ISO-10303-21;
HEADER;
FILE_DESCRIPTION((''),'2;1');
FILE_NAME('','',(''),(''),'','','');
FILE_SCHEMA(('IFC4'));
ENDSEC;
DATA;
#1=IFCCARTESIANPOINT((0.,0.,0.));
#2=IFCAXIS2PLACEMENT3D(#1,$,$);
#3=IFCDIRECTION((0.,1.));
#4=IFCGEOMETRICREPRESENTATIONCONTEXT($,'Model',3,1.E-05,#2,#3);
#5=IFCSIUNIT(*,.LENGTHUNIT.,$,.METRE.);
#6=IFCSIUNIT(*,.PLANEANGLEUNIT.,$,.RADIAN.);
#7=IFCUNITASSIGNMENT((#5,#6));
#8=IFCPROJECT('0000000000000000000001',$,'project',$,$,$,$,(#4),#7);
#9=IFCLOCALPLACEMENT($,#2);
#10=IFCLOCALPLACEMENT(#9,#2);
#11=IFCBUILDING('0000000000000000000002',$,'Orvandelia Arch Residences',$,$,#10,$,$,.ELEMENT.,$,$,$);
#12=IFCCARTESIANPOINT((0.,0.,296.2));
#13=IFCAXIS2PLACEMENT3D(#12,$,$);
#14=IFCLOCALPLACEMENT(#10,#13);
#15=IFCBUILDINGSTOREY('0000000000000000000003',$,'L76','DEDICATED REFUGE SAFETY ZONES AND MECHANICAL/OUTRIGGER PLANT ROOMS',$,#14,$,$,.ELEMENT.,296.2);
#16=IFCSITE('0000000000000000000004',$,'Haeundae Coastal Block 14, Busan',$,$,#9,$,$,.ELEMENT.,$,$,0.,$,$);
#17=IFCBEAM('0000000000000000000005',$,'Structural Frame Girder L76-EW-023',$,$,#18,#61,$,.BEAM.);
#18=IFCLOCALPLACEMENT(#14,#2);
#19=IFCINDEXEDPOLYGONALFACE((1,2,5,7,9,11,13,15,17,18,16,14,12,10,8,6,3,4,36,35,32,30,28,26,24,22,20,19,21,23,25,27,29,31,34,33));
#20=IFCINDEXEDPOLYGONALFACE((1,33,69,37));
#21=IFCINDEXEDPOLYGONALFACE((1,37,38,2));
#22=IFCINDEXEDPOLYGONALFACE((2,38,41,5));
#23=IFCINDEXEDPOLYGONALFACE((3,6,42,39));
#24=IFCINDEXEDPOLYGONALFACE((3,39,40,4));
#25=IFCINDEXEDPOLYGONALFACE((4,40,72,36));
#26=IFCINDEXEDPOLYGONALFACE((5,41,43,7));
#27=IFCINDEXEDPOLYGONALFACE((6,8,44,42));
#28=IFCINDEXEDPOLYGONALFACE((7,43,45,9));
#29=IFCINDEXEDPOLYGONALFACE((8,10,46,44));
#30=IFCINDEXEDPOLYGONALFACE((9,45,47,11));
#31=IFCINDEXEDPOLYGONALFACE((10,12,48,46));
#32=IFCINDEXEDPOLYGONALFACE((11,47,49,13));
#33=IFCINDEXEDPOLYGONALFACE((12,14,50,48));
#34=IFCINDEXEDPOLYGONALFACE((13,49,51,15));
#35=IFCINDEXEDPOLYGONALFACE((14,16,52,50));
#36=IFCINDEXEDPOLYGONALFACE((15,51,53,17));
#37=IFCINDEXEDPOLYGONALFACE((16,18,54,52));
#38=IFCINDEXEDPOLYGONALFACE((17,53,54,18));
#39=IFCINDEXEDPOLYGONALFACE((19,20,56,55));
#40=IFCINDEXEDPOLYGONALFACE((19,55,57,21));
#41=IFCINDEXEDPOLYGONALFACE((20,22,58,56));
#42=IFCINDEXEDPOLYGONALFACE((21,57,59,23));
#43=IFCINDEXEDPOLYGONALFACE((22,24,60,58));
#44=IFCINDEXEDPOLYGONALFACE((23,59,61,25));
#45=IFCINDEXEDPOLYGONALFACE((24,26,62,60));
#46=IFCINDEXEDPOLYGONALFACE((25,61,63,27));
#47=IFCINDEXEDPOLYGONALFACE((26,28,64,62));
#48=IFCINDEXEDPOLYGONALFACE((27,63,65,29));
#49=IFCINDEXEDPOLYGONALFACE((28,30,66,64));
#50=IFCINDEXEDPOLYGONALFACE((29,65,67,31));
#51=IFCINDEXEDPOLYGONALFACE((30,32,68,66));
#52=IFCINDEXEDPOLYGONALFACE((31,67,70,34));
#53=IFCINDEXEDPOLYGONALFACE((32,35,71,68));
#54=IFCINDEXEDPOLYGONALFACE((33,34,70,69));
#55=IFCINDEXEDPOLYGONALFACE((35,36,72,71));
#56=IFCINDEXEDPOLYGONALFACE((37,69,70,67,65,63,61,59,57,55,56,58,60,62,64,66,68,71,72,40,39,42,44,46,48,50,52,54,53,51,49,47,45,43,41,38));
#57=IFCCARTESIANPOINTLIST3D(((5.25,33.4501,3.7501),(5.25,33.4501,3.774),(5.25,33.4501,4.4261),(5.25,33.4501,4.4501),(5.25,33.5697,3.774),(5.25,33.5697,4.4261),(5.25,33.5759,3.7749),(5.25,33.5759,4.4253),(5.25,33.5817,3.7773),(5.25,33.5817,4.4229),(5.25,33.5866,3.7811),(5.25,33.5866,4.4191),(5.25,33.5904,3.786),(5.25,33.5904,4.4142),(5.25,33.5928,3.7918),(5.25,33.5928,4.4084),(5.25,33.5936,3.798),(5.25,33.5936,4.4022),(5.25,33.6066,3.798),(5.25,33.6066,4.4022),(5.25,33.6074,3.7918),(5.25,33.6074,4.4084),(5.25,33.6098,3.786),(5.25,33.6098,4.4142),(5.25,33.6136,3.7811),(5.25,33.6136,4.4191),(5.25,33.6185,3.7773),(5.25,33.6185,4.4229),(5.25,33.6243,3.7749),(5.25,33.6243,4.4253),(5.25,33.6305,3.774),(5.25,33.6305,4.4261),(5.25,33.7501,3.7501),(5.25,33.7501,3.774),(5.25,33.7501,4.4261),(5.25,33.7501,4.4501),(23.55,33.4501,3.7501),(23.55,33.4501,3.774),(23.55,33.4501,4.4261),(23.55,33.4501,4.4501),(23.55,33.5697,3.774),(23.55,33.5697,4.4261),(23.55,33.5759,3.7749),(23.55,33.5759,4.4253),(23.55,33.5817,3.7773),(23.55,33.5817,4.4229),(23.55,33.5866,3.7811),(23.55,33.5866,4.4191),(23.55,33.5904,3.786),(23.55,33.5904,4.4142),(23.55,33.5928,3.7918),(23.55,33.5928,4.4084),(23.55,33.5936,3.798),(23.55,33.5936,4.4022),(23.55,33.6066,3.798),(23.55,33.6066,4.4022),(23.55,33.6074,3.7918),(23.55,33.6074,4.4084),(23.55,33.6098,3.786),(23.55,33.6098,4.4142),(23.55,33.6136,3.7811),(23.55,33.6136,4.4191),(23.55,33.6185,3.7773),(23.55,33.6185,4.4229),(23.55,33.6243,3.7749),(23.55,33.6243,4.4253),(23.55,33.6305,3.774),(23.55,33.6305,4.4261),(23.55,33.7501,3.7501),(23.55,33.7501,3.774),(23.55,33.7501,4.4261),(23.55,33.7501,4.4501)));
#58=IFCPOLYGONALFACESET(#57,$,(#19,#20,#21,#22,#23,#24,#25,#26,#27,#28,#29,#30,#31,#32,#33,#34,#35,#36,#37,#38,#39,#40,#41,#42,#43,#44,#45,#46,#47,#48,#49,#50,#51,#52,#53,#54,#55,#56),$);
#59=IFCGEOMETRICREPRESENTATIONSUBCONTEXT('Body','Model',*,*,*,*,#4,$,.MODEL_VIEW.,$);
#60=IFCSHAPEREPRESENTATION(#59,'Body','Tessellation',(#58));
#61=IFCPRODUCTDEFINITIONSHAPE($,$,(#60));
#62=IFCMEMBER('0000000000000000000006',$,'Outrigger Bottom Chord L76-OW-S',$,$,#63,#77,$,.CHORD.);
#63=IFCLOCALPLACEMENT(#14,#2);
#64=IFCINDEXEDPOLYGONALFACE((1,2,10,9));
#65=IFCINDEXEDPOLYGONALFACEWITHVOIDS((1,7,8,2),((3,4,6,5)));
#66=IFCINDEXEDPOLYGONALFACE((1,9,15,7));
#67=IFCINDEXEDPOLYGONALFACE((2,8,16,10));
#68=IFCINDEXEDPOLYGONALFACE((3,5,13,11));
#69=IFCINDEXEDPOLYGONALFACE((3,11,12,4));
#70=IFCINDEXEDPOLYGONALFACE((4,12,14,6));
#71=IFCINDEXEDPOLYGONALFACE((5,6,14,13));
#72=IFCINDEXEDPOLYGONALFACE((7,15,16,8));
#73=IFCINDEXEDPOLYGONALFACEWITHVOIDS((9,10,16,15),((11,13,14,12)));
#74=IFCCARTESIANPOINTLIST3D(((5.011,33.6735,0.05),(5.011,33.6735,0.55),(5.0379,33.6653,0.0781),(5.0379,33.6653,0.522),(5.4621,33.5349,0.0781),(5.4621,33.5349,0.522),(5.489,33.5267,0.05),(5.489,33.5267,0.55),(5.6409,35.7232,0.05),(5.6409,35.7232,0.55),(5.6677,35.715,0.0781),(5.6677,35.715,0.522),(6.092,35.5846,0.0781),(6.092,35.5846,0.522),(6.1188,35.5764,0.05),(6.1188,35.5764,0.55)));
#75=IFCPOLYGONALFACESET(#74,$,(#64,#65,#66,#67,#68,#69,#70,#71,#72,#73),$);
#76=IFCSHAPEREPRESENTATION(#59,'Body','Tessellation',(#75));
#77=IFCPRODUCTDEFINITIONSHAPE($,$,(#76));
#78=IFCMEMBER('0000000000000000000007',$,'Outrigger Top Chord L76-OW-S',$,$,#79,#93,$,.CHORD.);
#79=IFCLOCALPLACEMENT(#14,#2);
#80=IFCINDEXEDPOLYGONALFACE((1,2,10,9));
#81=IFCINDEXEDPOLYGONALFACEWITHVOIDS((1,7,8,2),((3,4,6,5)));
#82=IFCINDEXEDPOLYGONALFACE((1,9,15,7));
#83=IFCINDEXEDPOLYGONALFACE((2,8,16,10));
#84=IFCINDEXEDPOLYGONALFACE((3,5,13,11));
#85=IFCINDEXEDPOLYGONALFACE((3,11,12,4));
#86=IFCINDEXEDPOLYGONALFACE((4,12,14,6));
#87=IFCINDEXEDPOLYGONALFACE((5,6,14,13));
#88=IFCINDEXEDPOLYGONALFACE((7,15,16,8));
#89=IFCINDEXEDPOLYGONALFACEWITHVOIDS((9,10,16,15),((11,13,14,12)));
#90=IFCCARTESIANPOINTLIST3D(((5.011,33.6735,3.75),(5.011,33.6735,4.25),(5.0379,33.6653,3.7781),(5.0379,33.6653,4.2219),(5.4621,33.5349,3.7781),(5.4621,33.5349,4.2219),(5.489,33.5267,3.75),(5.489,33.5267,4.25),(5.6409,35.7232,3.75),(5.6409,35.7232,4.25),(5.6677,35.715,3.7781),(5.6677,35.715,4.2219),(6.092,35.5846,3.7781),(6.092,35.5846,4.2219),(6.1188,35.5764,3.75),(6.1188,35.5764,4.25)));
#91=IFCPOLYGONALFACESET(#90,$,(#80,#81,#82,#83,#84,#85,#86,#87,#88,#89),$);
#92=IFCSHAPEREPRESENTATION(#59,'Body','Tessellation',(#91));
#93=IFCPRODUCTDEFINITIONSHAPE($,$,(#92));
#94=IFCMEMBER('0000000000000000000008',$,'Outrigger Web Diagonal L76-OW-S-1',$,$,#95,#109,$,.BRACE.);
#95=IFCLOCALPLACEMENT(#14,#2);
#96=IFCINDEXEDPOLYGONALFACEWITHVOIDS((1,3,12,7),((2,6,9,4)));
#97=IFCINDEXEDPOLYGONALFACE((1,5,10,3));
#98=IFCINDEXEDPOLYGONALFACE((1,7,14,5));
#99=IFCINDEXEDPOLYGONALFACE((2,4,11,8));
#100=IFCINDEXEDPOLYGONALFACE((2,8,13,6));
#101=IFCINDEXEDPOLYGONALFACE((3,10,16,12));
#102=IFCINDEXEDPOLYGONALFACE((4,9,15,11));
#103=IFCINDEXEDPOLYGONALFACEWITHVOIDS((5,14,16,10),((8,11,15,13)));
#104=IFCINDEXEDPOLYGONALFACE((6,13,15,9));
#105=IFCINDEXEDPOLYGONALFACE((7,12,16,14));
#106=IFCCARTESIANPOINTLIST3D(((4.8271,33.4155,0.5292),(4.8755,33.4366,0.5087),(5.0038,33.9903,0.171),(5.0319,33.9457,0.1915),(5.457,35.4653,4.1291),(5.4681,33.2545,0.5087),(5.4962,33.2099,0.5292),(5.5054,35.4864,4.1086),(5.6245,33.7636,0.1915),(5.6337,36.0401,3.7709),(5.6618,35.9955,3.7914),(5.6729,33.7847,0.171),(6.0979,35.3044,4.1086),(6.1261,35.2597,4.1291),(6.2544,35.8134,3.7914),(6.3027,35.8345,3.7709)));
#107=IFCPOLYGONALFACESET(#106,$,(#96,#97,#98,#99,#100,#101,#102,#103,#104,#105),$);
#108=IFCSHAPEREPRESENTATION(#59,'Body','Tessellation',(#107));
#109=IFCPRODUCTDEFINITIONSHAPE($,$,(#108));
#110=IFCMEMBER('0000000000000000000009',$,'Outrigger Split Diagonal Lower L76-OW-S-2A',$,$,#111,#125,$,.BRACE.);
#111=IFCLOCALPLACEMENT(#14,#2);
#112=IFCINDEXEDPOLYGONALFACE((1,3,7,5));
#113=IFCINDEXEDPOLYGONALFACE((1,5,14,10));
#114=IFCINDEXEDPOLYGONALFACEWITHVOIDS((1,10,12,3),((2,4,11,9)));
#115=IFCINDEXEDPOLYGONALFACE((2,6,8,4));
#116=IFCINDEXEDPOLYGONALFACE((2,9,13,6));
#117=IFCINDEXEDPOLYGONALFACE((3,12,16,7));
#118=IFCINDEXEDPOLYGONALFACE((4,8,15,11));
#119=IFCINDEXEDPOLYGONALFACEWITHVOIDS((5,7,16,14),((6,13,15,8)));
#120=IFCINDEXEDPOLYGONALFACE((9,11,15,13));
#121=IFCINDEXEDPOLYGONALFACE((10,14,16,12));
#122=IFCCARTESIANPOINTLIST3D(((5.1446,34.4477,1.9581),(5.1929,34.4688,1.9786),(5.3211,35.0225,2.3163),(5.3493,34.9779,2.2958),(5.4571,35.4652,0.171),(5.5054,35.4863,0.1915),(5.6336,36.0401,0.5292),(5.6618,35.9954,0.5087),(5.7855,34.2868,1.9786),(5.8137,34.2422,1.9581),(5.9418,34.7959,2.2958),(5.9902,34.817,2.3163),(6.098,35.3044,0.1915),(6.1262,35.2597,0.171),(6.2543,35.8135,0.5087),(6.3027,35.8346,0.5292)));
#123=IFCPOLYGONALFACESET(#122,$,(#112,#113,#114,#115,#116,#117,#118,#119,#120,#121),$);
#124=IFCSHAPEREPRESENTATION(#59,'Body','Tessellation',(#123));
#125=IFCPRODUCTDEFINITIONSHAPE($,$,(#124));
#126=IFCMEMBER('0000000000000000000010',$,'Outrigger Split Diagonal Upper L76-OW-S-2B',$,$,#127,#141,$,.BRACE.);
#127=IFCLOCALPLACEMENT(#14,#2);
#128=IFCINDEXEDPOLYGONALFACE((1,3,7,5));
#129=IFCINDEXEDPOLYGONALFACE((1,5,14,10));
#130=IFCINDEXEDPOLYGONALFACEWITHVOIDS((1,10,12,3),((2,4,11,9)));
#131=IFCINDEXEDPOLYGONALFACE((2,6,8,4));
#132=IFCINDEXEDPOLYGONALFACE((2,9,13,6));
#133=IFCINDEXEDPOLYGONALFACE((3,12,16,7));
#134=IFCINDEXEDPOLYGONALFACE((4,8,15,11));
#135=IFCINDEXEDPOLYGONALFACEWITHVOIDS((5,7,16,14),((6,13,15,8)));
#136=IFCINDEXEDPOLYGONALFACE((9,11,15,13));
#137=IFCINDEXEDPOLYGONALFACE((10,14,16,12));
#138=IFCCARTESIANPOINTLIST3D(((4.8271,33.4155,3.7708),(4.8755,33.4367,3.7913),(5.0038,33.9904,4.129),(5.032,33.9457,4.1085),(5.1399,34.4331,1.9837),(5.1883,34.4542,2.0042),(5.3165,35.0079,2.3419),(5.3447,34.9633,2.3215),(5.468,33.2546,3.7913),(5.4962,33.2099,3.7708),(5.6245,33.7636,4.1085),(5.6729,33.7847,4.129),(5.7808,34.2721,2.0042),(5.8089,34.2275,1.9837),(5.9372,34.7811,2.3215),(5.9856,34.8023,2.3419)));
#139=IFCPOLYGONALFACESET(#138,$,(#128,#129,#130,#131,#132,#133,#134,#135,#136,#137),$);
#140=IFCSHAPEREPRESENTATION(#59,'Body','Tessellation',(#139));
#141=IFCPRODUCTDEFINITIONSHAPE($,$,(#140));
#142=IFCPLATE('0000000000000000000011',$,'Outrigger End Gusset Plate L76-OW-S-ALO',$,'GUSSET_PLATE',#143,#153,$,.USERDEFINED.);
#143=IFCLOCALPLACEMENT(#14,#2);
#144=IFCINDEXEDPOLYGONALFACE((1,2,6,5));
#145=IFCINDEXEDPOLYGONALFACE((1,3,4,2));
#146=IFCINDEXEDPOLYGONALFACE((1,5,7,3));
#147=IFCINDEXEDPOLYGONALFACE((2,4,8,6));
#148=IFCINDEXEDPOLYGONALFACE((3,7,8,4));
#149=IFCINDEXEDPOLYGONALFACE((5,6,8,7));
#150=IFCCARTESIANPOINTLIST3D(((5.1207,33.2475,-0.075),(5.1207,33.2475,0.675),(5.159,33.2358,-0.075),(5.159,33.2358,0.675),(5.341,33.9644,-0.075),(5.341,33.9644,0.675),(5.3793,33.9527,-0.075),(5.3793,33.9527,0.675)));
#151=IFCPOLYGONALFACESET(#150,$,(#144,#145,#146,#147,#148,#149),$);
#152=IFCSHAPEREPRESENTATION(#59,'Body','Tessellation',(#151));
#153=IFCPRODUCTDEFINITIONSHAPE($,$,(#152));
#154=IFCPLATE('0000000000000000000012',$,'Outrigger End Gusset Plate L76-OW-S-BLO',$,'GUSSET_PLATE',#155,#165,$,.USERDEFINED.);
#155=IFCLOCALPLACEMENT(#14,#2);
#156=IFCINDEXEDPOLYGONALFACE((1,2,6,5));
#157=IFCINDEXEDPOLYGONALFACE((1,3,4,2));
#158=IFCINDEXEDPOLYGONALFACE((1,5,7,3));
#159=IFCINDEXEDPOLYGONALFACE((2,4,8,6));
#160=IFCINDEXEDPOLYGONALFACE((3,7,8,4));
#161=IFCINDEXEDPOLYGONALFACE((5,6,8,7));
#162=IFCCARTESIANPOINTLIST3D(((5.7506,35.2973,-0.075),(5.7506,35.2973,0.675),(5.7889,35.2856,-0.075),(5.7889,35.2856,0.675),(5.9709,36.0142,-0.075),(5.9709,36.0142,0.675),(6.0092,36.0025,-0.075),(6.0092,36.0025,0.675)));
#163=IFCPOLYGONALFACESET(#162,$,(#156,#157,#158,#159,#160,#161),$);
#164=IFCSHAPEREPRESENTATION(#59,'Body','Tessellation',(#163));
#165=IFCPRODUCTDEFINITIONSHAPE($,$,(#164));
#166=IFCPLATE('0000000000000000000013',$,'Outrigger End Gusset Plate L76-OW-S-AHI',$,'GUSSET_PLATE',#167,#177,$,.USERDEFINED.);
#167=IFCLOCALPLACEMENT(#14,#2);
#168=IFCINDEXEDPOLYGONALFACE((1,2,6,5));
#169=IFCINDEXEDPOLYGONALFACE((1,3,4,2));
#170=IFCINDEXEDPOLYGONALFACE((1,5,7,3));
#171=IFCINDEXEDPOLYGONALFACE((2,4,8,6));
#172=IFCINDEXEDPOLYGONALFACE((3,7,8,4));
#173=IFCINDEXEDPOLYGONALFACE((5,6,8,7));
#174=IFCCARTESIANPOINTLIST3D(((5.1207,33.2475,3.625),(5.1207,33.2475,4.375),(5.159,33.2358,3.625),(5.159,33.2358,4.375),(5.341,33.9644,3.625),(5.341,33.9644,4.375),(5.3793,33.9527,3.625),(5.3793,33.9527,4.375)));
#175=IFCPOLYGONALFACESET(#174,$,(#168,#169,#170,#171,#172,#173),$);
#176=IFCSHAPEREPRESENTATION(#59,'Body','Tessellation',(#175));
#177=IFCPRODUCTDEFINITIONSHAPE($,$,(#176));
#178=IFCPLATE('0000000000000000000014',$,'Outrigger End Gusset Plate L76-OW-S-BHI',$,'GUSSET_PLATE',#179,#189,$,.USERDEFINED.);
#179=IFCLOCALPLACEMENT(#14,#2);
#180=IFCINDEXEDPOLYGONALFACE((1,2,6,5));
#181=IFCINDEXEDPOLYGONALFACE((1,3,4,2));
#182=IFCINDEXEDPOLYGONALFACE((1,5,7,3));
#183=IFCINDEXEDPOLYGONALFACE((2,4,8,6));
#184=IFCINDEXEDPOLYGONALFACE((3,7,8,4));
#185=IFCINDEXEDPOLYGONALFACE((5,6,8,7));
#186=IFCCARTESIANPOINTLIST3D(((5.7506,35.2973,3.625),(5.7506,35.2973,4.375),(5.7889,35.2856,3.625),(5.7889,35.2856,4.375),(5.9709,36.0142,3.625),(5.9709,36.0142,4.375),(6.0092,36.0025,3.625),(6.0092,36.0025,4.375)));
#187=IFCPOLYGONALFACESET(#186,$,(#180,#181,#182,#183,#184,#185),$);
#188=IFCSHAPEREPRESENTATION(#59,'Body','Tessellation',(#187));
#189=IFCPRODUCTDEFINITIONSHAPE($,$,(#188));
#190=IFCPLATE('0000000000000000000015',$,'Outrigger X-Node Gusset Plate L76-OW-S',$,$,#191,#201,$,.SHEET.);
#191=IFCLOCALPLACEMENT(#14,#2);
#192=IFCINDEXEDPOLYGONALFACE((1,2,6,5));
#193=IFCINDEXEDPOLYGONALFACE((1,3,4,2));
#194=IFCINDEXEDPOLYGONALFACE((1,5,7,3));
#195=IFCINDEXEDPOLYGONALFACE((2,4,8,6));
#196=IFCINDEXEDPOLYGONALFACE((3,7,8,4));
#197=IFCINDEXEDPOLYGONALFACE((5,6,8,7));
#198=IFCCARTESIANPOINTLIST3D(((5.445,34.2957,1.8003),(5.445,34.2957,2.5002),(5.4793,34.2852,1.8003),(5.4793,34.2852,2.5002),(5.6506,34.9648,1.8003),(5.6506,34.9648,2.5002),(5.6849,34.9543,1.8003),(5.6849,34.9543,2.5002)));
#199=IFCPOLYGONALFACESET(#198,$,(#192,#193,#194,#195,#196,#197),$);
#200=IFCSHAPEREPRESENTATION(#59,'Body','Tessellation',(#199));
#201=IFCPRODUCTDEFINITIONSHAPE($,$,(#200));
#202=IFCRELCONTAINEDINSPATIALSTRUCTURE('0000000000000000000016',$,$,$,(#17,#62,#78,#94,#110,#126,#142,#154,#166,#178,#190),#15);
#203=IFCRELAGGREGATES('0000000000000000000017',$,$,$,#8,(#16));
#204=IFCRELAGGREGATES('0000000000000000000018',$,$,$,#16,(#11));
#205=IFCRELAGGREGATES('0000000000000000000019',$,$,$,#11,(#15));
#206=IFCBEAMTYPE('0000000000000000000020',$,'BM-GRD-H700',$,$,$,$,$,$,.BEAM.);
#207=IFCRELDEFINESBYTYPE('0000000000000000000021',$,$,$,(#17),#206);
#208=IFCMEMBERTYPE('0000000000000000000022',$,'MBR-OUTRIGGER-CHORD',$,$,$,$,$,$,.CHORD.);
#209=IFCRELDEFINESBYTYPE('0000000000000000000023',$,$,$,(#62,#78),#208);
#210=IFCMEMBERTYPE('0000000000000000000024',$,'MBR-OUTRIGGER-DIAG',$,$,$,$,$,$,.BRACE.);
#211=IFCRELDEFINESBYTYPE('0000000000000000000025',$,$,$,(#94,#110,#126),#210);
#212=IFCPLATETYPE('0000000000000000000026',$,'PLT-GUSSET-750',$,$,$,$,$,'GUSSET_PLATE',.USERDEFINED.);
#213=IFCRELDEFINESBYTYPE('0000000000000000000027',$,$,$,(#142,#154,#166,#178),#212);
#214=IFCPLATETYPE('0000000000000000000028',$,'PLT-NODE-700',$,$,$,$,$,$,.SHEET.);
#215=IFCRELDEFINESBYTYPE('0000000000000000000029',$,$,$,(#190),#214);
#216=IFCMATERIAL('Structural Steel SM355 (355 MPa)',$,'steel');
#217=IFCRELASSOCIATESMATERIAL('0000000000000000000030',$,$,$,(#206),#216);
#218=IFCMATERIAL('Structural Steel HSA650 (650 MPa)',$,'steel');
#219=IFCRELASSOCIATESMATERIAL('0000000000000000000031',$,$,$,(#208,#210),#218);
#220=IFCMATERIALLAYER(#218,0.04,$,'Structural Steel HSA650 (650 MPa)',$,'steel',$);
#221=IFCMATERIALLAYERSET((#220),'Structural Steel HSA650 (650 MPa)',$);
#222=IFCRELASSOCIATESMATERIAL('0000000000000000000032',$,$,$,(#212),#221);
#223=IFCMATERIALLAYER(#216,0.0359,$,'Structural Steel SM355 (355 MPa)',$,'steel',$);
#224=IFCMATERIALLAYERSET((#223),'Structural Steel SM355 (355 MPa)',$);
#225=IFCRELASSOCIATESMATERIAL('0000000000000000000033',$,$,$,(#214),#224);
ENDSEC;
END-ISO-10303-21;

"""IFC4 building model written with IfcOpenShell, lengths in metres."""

from ifc_helpers import new_model, si_unit, direction, frame, origin, origin_2d, place, context, subcontext, project, spatial, rectangle, hollow_rectangle, i_section, extrude, material, layer, layer_set, material_profile, profile_set, type_object, element, save


model = new_model("IFC4")

# Units and contexts
model_context = context("Model", 3, precision=1e-05, world=origin(), true_north=direction((0.0, 1.0)))
body_context = subcontext(model_context, "Body", "Model", "MODEL_VIEW")
ifc_project = project(units=[si_unit("LENGTHUNIT", "METRE"), si_unit("PLANEANGLEUNIT", "RADIAN")], contexts=[model_context])

# Site, building, storey
site_placement = place(None, origin())
site = spatial("IfcSite", under=ifc_project, at=site_placement, Name="Haeundae Coastal Block 14, Busan", CompositionType="ELEMENT", RefElevation=0.0)
building_placement = place(site_placement, origin())
building = spatial("IfcBuilding", under=site, at=building_placement, Name="Orvandelia Arch Residences", CompositionType="ELEMENT")
storey_placement = place(building_placement, frame((0.0, 0.0, 296.2)))
storey = spatial("IfcBuildingStorey", under=building, at=storey_placement, Name="L76", Description="DEDICATED REFUGE SAFETY ZONES AND MECHANICAL/OUTRIGGER PLANT ROOMS", CompositionType="ELEMENT", Elevation=296.2)

# Beam
ifc_material_1 = material(Name="Structural Steel SM355 (355 MPa)", Category="steel")
ifc_material_profile_1 = material_profile(ifc_material_1, i_section(OverallWidth=0.3, OverallDepth=0.7, WebThickness=0.0129, FlangeThickness=0.0239, FilletRadius=0.0239, at=origin_2d()), Name="Structural Steel SM355 (355 MPa)", Category="steel")
ifc_profile_set_1 = profile_set([ifc_material_profile_1], Name="Structural Steel SM355 (355 MPa)")
beam_type = type_object("IfcBeamType", Name="BM-GRD-H700", PredefinedType="BEAM", material=ifc_profile_set_1)
beam_placement = place(storey_placement, frame((5.25, 33.6001, 4.1001), z_axis=(1.0, 0.0, 0.0), x_axis=(0.0, 1.0, 0.0)))
element("IfcBeam", 1, at=beam_placement, inside=storey, type_object=beam_type, Name="Structural Frame Girder L76-EW-023", PredefinedType="BEAM", context=body_context, shape_type="SweptSolid", body=[
    extrude(i_section(OverallWidth=0.3, OverallDepth=0.7, WebThickness=0.0129, FlangeThickness=0.0239, FilletRadius=0.0239, at=origin_2d()), origin(), (0.0, 0.0, 1.0), 18.3),
])

# Members
ifc_material_2 = material(Name="Structural Steel HSA650 (650 MPa)", Category="steel")
ifc_material_profile_2 = material_profile(ifc_material_2, hollow_rectangle(XDim=0.5, YDim=0.5, WallThickness=0.0281, at=origin_2d()), Name="Structural Steel HSA650 (650 MPa)", Category="steel")
ifc_profile_set_2 = profile_set([ifc_material_profile_2], Name="Structural Steel HSA650 (650 MPa)")
member_type_1 = type_object("IfcMemberType", Name="MBR-OUTRIGGER-CHORD", PredefinedType="CHORD", material=ifc_profile_set_2)
for number, where, z_axis, x_axis, name in (
    (2, (5.25, 33.6001, 0.3), (0.293734, 0.955887, 0.0), (-0.955887, 0.293734, 0.0), "Outrigger Bottom Chord L76-OW-S"),
    (3, (5.25, 33.6001, 4.0), (0.293734, 0.955887, 0.0), (-0.955887, 0.293734, 0.0), "Outrigger Top Chord L76-OW-S"),
):
    element("IfcMember", number, at=place(storey_placement, frame(where, z_axis=z_axis, x_axis=x_axis)), inside=storey, type_object=member_type_1, Name=name, PredefinedType="CHORD", context=body_context, shape_type="SweptSolid", body=[
        extrude(hollow_rectangle(XDim=0.5, YDim=0.5, WallThickness=0.0281, at=origin_2d()), origin(), (0.0, 0.0, 1.0), 2.1443),
    ])
ifc_material_profile_3 = material_profile(ifc_material_2, hollow_rectangle(XDim=0.7, YDim=0.7, WallThickness=0.04, at=origin_2d()), Name="Structural Steel HSA650 (650 MPa)", Category="steel")
ifc_profile_set_3 = profile_set([ifc_material_profile_3], Name="Structural Steel HSA650 (650 MPa)")
member_type_2 = type_object("IfcMemberType", Name="MBR-OUTRIGGER-DIAG", PredefinedType="BRACE", material=ifc_profile_set_3)
member_placement = place(storey_placement, frame((5.25, 33.6001, 0.3501), z_axis=(0.150324, 0.489195, 0.859122), x_axis=(-0.955887, 0.293734, 0.0)))
element("IfcMember", 4, at=member_placement, inside=storey, type_object=member_type_2, Name="Outrigger Web Diagonal L76-OW-S-1", PredefinedType="BRACE", context=body_context, shape_type="SweptSolid", body=[
    extrude(hollow_rectangle(XDim=0.7, YDim=0.7, WallThickness=0.04, at=origin_2d()), origin(), (0.0, 0.0, 1.0), 4.1902),
])
for number, where, z_axis, x_axis, name in (
    (5, (5.8799, 35.6499, 0.3501), (-0.150232, -0.489193, 0.859139), (0.955938, -0.29357, 0.0), "Outrigger Split Diagonal Lower L76-OW-S-2A"),
    (6, (5.5627, 34.6177, 2.1628), (-0.150347, -0.489184, 0.859124), (0.955873, -0.29378, 0.0), "Outrigger Split Diagonal Upper L76-OW-S-2B"),
):
    element("IfcMember", number, at=place(storey_placement, frame(where, z_axis=z_axis, x_axis=x_axis)), inside=storey, type_object=member_type_2, Name=name, PredefinedType="BRACE", context=body_context, shape_type="SweptSolid", body=[
        extrude(hollow_rectangle(XDim=0.7, YDim=0.7, WallThickness=0.04, at=origin_2d()), origin(), (0.0, 0.0, 1.0), 2.0801),
    ])

# Plates
ifc_layer_1 = layer(ifc_material_2, 0.04, Name="Structural Steel HSA650 (650 MPa)", Category="steel")
ifc_layer_set_1 = layer_set([ifc_layer_1], Name="Structural Steel HSA650 (650 MPa)")
plate_type_1 = type_object("IfcPlateType", Name="PLT-GUSSET-750", ElementType="GUSSET_PLATE", PredefinedType="USERDEFINED", material=ifc_layer_set_1)
for number, where, z_axis, x_axis, name in (
    (7, (5.25, 33.6001, -0.075), (0.0, 0.0, 1.0), (0.293757, 0.95588, 0.0), "Outrigger End Gusset Plate L76-OW-S-ALO"),
    (8, (5.8799, 35.6499, -0.075), (0.0, 0.0, 1.0), (0.293757, 0.95588, 0.0), "Outrigger End Gusset Plate L76-OW-S-BLO"),
    (9, (5.25, 33.6001, 3.625), (0.0, 0.0, 1.0), (0.293757, 0.95588, 0.0), "Outrigger End Gusset Plate L76-OW-S-AHI"),
    (10, (5.8799, 35.6499, 3.625), (0.0, 0.0, 1.0), (0.293757, 0.95588, 0.0), "Outrigger End Gusset Plate L76-OW-S-BHI"),
):
    element("IfcPlate", number, at=place(storey_placement, frame(where, z_axis=z_axis, x_axis=x_axis)), inside=storey, type_object=plate_type_1, Name=name, ObjectType="GUSSET_PLATE", PredefinedType="USERDEFINED", context=body_context, shape_type="SweptSolid", body=[
        extrude(rectangle(XDim=0.75, YDim=0.04, at=origin_2d()), origin(), (0.0, 0.0, 1.0), 0.75),
    ])
ifc_layer_2 = layer(ifc_material_1, 0.0359, Name="Structural Steel SM355 (355 MPa)", Category="steel")
ifc_layer_set_2 = layer_set([ifc_layer_2], Name="Structural Steel SM355 (355 MPa)")
plate_type_2 = type_object("IfcPlateType", Name="PLT-NODE-700", PredefinedType="SHEET", material=ifc_layer_set_2)
plate_placement = place(storey_placement, frame((5.5649, 34.625, 1.8003), z_axis=(0.0, 0.0, 1.0), x_axis=(0.293757, 0.95588, 0.0)))
element("IfcPlate", 11, at=plate_placement, inside=storey, type_object=plate_type_2, Name="Outrigger X-Node Gusset Plate L76-OW-S", PredefinedType="SHEET", context=body_context, shape_type="SweptSolid", body=[
    extrude(rectangle(XDim=0.7, YDim=0.0359, at=origin_2d()), origin(), (0.0, 0.0, 1.0), 0.7),
])

save(model, "model.ifc")
